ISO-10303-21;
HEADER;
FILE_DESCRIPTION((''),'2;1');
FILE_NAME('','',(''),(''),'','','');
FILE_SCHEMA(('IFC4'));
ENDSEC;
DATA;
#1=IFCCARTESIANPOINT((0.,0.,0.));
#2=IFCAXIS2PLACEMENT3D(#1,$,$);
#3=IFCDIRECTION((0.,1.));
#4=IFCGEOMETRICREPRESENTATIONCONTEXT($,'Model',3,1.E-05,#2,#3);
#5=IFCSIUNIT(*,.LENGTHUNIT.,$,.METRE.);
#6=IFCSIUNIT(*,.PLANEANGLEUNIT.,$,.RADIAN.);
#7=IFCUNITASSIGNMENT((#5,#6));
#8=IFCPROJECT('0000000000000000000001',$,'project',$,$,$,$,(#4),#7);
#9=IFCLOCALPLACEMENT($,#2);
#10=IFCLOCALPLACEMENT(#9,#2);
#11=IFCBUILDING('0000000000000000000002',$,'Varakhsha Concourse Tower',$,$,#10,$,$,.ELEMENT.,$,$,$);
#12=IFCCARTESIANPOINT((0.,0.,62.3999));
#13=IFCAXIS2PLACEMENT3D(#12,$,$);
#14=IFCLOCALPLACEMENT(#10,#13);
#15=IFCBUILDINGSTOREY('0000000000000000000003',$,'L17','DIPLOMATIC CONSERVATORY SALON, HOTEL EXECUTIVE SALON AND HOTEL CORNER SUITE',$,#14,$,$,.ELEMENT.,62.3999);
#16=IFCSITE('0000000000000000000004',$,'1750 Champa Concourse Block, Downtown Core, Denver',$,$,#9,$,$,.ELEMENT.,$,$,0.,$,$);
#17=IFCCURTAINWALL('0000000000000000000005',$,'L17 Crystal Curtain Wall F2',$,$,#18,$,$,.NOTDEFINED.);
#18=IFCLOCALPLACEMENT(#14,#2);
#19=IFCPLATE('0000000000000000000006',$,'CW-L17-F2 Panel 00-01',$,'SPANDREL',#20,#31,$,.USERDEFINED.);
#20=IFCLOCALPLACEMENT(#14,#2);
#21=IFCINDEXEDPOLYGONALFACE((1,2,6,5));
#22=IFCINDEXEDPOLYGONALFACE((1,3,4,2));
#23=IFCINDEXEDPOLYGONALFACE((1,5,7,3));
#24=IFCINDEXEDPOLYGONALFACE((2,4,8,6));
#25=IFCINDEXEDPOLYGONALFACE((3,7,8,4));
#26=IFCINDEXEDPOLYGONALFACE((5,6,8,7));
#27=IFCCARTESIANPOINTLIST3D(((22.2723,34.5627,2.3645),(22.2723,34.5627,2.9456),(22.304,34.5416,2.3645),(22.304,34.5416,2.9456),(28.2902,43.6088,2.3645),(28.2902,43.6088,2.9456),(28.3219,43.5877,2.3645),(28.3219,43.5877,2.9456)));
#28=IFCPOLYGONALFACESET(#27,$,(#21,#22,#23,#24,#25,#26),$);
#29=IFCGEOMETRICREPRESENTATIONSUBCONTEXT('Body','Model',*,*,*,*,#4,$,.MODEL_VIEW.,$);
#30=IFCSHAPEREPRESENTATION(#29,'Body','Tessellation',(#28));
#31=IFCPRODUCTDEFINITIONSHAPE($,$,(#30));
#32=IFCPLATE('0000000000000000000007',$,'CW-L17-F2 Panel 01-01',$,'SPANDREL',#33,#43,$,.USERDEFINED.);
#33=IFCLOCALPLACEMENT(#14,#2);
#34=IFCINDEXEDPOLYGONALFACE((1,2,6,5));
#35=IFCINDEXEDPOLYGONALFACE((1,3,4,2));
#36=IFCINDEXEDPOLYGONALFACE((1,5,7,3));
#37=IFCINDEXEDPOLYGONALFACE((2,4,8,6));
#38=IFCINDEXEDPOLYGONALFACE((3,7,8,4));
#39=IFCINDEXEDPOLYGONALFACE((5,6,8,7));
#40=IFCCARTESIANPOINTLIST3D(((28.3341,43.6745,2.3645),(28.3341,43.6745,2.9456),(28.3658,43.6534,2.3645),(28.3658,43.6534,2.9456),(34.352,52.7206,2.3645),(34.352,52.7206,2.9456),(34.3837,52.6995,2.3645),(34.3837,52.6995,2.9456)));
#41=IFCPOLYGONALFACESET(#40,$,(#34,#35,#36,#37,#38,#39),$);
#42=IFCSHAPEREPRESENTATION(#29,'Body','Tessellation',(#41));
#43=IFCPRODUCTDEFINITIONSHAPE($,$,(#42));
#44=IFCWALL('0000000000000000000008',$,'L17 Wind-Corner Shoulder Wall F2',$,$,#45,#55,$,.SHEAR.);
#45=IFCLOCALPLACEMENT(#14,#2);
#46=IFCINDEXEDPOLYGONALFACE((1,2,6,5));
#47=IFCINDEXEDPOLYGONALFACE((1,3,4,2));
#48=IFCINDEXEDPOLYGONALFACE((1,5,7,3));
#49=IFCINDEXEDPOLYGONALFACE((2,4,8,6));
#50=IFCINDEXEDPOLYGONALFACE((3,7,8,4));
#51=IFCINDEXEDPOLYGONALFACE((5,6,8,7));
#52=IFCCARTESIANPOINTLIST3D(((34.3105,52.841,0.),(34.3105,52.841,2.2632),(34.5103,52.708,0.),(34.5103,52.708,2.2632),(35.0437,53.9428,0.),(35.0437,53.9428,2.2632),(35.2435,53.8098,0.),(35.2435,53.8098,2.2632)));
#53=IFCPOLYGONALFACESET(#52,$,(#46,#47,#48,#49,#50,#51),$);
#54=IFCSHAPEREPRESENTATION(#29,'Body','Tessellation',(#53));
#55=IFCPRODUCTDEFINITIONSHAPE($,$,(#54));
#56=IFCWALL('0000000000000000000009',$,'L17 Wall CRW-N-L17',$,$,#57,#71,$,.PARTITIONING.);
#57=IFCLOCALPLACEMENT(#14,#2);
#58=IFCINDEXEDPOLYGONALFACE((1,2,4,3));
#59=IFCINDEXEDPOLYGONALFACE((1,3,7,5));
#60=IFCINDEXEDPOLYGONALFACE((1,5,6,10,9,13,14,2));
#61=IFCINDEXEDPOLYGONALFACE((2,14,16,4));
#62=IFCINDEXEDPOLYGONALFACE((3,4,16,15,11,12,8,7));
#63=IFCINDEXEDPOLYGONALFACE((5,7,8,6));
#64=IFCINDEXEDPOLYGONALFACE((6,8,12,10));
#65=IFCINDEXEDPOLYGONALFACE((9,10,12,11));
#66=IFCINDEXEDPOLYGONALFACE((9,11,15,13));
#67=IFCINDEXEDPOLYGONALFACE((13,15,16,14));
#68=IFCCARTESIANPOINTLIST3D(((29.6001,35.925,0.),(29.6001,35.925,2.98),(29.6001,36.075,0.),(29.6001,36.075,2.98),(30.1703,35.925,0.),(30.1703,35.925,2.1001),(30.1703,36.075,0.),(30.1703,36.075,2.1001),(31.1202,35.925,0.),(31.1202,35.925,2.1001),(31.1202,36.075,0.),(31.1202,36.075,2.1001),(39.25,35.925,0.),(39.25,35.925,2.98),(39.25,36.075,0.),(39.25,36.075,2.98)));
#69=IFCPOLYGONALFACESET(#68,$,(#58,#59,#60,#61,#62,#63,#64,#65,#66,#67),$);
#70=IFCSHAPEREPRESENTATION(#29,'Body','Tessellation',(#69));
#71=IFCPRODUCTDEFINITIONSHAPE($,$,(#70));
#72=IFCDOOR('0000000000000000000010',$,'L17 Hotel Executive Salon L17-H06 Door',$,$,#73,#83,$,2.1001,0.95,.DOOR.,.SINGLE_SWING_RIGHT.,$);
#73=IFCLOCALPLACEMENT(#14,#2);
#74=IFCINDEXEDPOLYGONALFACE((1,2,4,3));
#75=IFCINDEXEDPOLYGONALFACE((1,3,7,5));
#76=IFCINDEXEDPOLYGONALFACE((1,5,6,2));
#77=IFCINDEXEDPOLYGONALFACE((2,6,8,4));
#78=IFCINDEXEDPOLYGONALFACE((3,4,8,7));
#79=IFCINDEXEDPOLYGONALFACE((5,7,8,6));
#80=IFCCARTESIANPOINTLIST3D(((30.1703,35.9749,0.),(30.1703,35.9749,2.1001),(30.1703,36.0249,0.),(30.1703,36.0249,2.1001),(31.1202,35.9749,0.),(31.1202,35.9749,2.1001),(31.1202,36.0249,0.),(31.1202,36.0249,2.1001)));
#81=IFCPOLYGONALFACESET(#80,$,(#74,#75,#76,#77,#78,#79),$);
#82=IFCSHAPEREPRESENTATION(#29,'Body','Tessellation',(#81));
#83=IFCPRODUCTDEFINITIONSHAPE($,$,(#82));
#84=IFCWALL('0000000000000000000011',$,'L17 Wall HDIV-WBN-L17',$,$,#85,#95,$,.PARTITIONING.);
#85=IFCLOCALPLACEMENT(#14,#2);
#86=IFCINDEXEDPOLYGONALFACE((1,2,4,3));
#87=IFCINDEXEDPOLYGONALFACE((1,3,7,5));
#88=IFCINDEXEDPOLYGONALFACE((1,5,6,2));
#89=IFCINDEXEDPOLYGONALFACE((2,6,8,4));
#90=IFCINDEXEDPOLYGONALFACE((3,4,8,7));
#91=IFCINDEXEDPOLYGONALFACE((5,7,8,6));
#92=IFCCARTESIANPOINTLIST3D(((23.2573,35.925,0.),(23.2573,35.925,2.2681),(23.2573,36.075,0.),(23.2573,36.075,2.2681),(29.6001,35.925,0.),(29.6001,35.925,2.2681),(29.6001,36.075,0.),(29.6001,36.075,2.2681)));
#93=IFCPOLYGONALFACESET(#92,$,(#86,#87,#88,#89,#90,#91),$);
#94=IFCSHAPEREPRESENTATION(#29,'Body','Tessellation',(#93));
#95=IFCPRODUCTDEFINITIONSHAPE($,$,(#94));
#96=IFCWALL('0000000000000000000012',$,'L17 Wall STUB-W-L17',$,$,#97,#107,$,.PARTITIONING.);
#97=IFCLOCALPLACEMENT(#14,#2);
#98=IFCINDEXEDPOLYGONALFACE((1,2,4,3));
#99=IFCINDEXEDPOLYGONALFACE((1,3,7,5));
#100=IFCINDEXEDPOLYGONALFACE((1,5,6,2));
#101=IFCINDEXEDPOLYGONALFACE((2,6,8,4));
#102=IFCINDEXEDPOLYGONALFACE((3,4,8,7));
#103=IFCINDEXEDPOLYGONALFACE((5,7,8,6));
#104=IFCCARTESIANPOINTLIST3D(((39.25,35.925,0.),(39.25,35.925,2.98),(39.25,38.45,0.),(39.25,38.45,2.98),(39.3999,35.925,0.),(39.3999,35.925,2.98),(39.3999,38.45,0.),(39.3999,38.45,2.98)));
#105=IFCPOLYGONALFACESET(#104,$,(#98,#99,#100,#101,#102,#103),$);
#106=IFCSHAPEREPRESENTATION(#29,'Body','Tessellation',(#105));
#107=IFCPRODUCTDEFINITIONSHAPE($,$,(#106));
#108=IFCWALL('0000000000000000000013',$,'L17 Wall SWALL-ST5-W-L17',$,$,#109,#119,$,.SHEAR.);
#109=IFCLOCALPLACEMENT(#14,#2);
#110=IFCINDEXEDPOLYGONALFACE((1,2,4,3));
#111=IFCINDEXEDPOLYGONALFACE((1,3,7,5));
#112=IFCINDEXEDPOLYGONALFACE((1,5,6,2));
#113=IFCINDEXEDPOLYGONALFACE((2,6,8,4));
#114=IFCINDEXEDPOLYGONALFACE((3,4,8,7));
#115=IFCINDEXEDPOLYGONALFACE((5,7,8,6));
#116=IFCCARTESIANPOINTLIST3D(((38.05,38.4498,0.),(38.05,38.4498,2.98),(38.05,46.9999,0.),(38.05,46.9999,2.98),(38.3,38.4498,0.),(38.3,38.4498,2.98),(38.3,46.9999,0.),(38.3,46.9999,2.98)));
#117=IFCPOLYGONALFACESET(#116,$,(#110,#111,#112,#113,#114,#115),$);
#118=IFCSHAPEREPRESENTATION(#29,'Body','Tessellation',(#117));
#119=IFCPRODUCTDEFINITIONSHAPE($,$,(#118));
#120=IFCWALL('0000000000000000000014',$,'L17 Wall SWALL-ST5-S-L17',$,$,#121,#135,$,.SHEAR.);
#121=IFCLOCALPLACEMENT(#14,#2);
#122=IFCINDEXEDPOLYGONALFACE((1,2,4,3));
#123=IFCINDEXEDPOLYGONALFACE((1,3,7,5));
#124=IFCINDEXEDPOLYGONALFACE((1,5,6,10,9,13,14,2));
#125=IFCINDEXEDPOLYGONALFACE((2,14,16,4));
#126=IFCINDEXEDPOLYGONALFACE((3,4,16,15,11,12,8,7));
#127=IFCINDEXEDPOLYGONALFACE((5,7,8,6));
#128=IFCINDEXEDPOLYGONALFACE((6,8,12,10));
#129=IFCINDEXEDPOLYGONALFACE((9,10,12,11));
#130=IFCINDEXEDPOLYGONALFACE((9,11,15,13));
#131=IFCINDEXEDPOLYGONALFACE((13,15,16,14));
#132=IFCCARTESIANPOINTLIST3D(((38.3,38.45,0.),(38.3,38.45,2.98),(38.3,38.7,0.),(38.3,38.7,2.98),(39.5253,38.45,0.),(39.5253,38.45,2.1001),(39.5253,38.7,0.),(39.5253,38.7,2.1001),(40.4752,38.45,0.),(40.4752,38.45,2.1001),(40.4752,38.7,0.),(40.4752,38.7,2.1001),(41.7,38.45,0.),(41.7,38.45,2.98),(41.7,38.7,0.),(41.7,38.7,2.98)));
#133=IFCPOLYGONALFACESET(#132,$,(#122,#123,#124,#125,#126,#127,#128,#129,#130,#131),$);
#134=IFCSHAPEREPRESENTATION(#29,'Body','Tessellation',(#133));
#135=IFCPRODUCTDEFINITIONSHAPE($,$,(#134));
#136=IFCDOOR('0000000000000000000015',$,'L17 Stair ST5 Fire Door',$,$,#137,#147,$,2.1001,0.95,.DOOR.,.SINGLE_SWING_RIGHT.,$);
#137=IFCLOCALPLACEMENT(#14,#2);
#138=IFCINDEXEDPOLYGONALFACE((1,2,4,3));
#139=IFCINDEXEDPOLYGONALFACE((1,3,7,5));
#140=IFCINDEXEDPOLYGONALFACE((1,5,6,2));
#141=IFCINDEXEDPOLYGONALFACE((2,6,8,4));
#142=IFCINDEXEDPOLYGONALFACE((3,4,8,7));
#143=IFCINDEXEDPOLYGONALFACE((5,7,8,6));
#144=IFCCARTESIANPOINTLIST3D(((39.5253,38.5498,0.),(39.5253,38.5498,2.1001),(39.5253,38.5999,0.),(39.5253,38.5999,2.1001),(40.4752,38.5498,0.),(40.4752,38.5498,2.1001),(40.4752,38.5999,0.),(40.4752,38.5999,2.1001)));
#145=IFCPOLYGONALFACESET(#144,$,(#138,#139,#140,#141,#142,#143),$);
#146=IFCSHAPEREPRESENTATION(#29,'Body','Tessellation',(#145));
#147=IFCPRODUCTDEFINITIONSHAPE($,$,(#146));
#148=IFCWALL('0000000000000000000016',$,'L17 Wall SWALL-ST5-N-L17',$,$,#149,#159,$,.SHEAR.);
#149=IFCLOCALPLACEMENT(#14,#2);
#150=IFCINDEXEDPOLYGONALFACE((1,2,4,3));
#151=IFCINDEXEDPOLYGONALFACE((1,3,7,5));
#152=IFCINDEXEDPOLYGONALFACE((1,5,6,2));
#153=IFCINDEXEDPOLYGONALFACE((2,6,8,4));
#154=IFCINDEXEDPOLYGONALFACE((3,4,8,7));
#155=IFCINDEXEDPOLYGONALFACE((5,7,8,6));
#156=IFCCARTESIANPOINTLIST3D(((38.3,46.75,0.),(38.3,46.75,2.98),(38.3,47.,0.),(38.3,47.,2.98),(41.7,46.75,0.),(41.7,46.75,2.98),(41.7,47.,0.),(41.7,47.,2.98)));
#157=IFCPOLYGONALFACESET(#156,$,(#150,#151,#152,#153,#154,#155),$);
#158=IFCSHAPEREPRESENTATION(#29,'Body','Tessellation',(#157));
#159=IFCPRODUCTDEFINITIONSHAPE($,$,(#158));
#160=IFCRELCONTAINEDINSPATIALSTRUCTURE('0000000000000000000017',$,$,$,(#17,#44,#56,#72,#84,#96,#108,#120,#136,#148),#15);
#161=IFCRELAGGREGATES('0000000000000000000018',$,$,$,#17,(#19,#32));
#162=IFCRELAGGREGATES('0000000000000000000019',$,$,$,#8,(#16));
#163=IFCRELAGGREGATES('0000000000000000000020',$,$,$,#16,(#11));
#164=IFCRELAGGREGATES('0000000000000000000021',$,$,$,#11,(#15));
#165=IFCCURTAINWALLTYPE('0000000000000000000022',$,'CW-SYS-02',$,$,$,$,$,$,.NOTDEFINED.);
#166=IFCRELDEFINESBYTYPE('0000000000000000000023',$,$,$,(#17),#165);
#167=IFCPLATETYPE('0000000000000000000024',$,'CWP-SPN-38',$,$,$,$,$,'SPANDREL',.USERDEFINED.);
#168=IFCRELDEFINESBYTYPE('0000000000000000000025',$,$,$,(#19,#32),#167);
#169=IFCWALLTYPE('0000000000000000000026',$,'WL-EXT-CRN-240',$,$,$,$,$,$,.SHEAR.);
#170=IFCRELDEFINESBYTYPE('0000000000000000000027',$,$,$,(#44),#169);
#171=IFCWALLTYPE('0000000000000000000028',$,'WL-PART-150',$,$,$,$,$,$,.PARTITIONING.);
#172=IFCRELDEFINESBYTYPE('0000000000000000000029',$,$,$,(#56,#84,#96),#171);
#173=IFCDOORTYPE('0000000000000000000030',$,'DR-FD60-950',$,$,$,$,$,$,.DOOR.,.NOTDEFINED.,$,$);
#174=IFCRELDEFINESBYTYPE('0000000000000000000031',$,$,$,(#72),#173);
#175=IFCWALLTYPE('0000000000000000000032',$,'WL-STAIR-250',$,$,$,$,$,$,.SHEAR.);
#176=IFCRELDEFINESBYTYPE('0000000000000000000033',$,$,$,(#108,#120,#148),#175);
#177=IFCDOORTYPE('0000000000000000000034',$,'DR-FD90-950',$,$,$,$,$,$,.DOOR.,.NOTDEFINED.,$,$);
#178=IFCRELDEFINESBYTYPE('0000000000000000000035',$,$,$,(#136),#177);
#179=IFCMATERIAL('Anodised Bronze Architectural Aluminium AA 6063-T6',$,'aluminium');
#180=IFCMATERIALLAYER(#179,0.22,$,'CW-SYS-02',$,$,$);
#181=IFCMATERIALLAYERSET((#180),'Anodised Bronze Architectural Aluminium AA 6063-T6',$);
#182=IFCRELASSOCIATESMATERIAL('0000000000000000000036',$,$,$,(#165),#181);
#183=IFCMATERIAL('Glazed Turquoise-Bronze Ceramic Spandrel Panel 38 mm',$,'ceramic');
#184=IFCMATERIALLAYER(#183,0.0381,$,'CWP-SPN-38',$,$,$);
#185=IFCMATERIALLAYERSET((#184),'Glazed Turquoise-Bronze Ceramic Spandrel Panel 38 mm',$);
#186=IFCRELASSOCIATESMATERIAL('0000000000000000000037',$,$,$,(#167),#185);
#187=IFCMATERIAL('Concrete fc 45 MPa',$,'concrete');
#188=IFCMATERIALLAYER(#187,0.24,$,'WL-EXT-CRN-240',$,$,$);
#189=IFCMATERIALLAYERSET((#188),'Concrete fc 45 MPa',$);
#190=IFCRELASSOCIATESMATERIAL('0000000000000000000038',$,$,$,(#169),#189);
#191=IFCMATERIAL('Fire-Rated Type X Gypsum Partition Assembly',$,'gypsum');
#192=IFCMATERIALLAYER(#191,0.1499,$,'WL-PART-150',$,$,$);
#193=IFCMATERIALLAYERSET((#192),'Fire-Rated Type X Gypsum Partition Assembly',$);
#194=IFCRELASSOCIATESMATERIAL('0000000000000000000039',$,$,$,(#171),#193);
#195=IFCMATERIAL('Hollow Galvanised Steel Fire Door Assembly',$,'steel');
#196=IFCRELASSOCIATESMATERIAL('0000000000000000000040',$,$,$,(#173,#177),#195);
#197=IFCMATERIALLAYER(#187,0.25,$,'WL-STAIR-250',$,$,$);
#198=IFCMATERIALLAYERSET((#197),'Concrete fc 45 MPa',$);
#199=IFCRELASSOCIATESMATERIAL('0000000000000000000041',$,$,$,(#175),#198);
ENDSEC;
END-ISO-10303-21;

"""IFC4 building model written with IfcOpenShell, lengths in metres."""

from ifc_helpers import new_model, si_unit, direction, frame, frame_2d, origin, origin_2d, place, context, subcontext, project, spatial, rectangle, extrude, source, transform, mapped, material, layer, layer_set, type_object, type_shapes, element, fill, aggregate, save


model = new_model("IFC4")

# Units and contexts
model_context = context("Model", 3, precision=1e-05, world=origin(), true_north=direction((0.0, 1.0)))
body_context = subcontext(model_context, "Body", "Model", "MODEL_VIEW")
ifc_project = project(units=[si_unit("LENGTHUNIT", "METRE"), si_unit("PLANEANGLEUNIT", "RADIAN")], contexts=[model_context])

# Site, building, storey
site_placement = place(None, origin())
site = spatial("IfcSite", under=ifc_project, at=site_placement, Name="1750 Champa Concourse Block, Downtown Core, Denver", CompositionType="ELEMENT", RefElevation=0.0)
building_placement = place(site_placement, origin())
building = spatial("IfcBuilding", under=site, at=building_placement, Name="Varakhsha Concourse Tower", CompositionType="ELEMENT")
storey_placement = place(building_placement, frame((0.0, 0.0, 62.3999)))
storey = spatial("IfcBuildingStorey", under=building, at=storey_placement, Name="L17", Description="DIPLOMATIC CONSERVATORY SALON, HOTEL EXECUTIVE SALON AND HOTEL CORNER SUITE", CompositionType="ELEMENT", Elevation=62.3999)

# Shared definitions
ifc_material_1 = material(Name="Anodised Bronze Architectural Aluminium AA 6063-T6", Category="aluminium")
ifc_layer_1 = layer(ifc_material_1, 0.22, Name="CW-SYS-02")
ifc_layer_set_1 = layer_set([ifc_layer_1], Name="Anodised Bronze Architectural Aluminium AA 6063-T6")
curtain_wall_type = type_object("IfcCurtainWallType", Name="CW-SYS-02", PredefinedType="NOTDEFINED", material=ifc_layer_set_1)

# Curtain wall
curtain_wall_1_placement = place(storey_placement, origin())
curtain_wall_1 = element("IfcCurtainWall", 1, at=curtain_wall_1_placement, inside=storey, type_object=curtain_wall_type, Name="L17 Crystal Curtain Wall F2", PredefinedType="NOTDEFINED")

# Plates
ifc_material_2 = material(Name="Glazed Turquoise-Bronze Ceramic Spandrel Panel 38 mm", Category="ceramic")
ifc_layer_2 = layer(ifc_material_2, 0.0381, Name="CWP-SPN-38")
ifc_layer_set_2 = layer_set([ifc_layer_2], Name="Glazed Turquoise-Bronze Ceramic Spandrel Panel 38 mm")
plate_type_1 = type_object("IfcPlateType", Name="CWP-SPN-38", ElementType="SPANDREL", PredefinedType="USERDEFINED", material=ifc_layer_set_2)
shared_shape_1 = source(origin(), body_context, "Body", "SweptSolid", [
    extrude(rectangle(XDim=10.865, YDim=0.0381, at=origin_2d()), origin(), (0.0, 0.0, 1.0), 0.5811),
])
type_shapes(plate_type_1, [shared_shape_1])
plate_1_placement = place(storey_placement, frame((25.2971, 39.0752, 2.3645), z_axis=(0.0, 0.0, 1.0), x_axis=(0.55388, 0.832597, 0.0)))
plate_1 = element("IfcPlate", 2, at=plate_1_placement, type_object=plate_type_1, Name="CW-L17-F2 Panel 00-01", ObjectType="SPANDREL", PredefinedType="USERDEFINED", context=body_context, shape_type="MappedRepresentation", body=[
    mapped(shared_shape_1, transform((0.0, 0.0, 0.0), scale=1.0)),
])
plate_2_placement = place(storey_placement, frame((31.3589, 48.187, 2.3645), z_axis=(0.0, 0.0, 1.0), x_axis=(0.55388, 0.832597, 0.0)))
plate_2 = element("IfcPlate", 3, at=plate_2_placement, type_object=plate_type_1, Name="CW-L17-F2 Panel 01-01", ObjectType="SPANDREL", PredefinedType="USERDEFINED", context=body_context, shape_type="MappedRepresentation", body=[
    mapped(shared_shape_1, transform((0.0, 0.0, 0.0), scale=1.0)),
])
aggregate(curtain_wall_1, [plate_1, plate_2])

# Wall
ifc_material_3 = material(Name="Concrete fc 45 MPa", Category="concrete")
ifc_layer_3 = layer(ifc_material_3, 0.24, Name="WL-EXT-CRN-240")
ifc_layer_set_3 = layer_set([ifc_layer_3], Name="Concrete fc 45 MPa")
wall_type_1 = type_object("IfcWallType", Name="WL-EXT-CRN-240", PredefinedType="SHEAR", material=ifc_layer_set_3)
wall_1_placement = place(storey_placement, frame((35.1436, 53.8762, 0.0), z_axis=(0.0, 0.0, 1.0), x_axis=(-0.553976, -0.832532, 0.0)))
element("IfcWall", 4, at=wall_1_placement, inside=storey, type_object=wall_type_1, Name="L17 Wind-Corner Shoulder Wall F2", PredefinedType="SHEAR", context=body_context, shape_type="SweptSolid", body=[
    extrude(rectangle(XDim=1.3235, YDim=0.24, at=frame_2d((0.6616, 0.0))), origin(), (0.0, 0.0, 1.0), 2.2632),
])

# Wall, opening, door
ifc_material_4 = material(Name="Fire-Rated Type X Gypsum Partition Assembly", Category="gypsum")
ifc_layer_4 = layer(ifc_material_4, 0.1499, Name="WL-PART-150")
ifc_layer_set_4 = layer_set([ifc_layer_4], Name="Fire-Rated Type X Gypsum Partition Assembly")
wall_type_2 = type_object("IfcWallType", Name="WL-PART-150", PredefinedType="PARTITIONING", material=ifc_layer_set_4)
wall_2_placement = place(storey_placement, frame((29.6001, 36.0, 0.0), z_axis=(0.0, 0.0, 1.0), x_axis=(1.0, 0.0, 0.0)))
wall_2 = element("IfcWall", 5, at=wall_2_placement, inside=storey, type_object=wall_type_2, Name="L17 Wall CRW-N-L17", PredefinedType="PARTITIONING", context=body_context, shape_type="SweptSolid", body=[
    extrude(rectangle(XDim=9.6499, YDim=0.1499, at=frame_2d((4.825, 0.0))), origin(), (0.0, 0.0, 1.0), 2.98),
])
opening_1_placement = place(wall_2_placement, frame((0.5701, 0.0, 0.0)))
opening_1 = element("IfcOpeningElement", 6, at=opening_1_placement, cuts=wall_2, PredefinedType="OPENING", context=body_context, shape_type="SweptSolid", body=[
    extrude(rectangle(XDim=0.95, YDim=2.1001, at=frame_2d((0.4751, 1.05))), frame((0.0, 0.085, 0.0), z_axis=(0.0, -1.0, 0.0), x_axis=(1.0, 0.0, 0.0)), (0.0, 0.0, 1.0), 0.1699),
])
ifc_material_5 = material(Name="Hollow Galvanised Steel Fire Door Assembly", Category="steel")
door_type_1 = type_object("IfcDoorType", Name="DR-FD60-950", OperationType="NOTDEFINED", PredefinedType="DOOR", material=ifc_material_5)
door_1_placement = place(opening_1_placement, origin())
door_1 = element("IfcDoor", 7, at=door_1_placement, inside=storey, type_object=door_type_1, Name="L17 Hotel Executive Salon L17-H06 Door", OperationType="SINGLE_SWING_RIGHT", OverallHeight=2.1001, OverallWidth=0.95, PredefinedType="DOOR", context=body_context, shape_type="SweptSolid", body=[
    extrude(rectangle(XDim=0.95, YDim=2.1001, at=frame_2d((0.4751, 1.05))), frame((0.0, 0.0249, 0.0), z_axis=(0.0, -1.0, 0.0), x_axis=(1.0, 0.0, 0.0)), (0.0, 0.0, 1.0), 0.05),
])
fill(opening_1, door_1)

# Walls
wall_3_placement = place(storey_placement, frame((23.2573, 36.0, 0.0), z_axis=(0.0, 0.0, 1.0), x_axis=(1.0, 0.0, 0.0)))
element("IfcWall", 8, at=wall_3_placement, inside=storey, type_object=wall_type_2, Name="L17 Wall HDIV-WBN-L17", PredefinedType="PARTITIONING", context=body_context, shape_type="SweptSolid", body=[
    extrude(rectangle(XDim=6.3428, YDim=0.1499, at=frame_2d((3.1714, 0.0))), origin(), (0.0, 0.0, 1.0), 2.2681),
])
wall_4_placement = place(storey_placement, frame((39.325, 35.925, 0.0), z_axis=(0.0, 0.0, 1.0), x_axis=(0.0, 1.0, 0.0)))
element("IfcWall", 9, at=wall_4_placement, inside=storey, type_object=wall_type_2, Name="L17 Wall STUB-W-L17", PredefinedType="PARTITIONING", context=body_context, shape_type="SweptSolid", body=[
    extrude(rectangle(XDim=2.5249, YDim=0.1499, at=frame_2d((1.2625, 0.0))), origin(), (0.0, 0.0, 1.0), 2.98),
])
ifc_layer_5 = layer(ifc_material_3, 0.25, Name="WL-STAIR-250")
ifc_layer_set_5 = layer_set([ifc_layer_5], Name="Concrete fc 45 MPa")
wall_type_3 = type_object("IfcWallType", Name="WL-STAIR-250", PredefinedType="SHEAR", material=ifc_layer_set_5)
wall_5_placement = place(storey_placement, frame((38.175, 38.45, 0.0), z_axis=(0.0, 0.0, 1.0), x_axis=(0.0, 1.0, 0.0)))
element("IfcWall", 10, at=wall_5_placement, inside=storey, type_object=wall_type_3, Name="L17 Wall SWALL-ST5-W-L17", PredefinedType="SHEAR", context=body_context, shape_type="SweptSolid", body=[
    extrude(rectangle(XDim=8.55, YDim=0.25, at=frame_2d((4.2749, 0.0))), origin(), (0.0, 0.0, 1.0), 2.98),
])

# Wall, opening, door
wall_6_placement = place(storey_placement, frame((38.3, 38.575, 0.0), z_axis=(0.0, 0.0, 1.0), x_axis=(1.0, 0.0, 0.0)))
wall_6 = element("IfcWall", 11, at=wall_6_placement, inside=storey, type_object=wall_type_3, Name="L17 Wall SWALL-ST5-S-L17", PredefinedType="SHEAR", context=body_context, shape_type="SweptSolid", body=[
    extrude(rectangle(XDim=3.3999, YDim=0.25, at=frame_2d((1.7, 0.0))), origin(), (0.0, 0.0, 1.0), 2.98),
])
opening_2_placement = place(wall_6_placement, frame((1.2251, 0.0, 0.0)))
opening_2 = element("IfcOpeningElement", 12, at=opening_2_placement, cuts=wall_6, PredefinedType="OPENING", context=body_context, shape_type="SweptSolid", body=[
    extrude(rectangle(XDim=0.95, YDim=2.1001, at=frame_2d((0.4751, 1.05))), frame((0.0, 0.135, 0.0), z_axis=(0.0, -1.0, 0.0), x_axis=(1.0, 0.0, 0.0)), (0.0, 0.0, 1.0), 0.27),
])
door_type_2 = type_object("IfcDoorType", Name="DR-FD90-950", OperationType="NOTDEFINED", PredefinedType="DOOR", material=ifc_material_5)
door_2_placement = place(opening_2_placement, origin())
door_2 = element("IfcDoor", 13, at=door_2_placement, inside=storey, type_object=door_type_2, Name="L17 Stair ST5 Fire Door", OperationType="SINGLE_SWING_RIGHT", OverallHeight=2.1001, OverallWidth=0.95, PredefinedType="DOOR", context=body_context, shape_type="SweptSolid", body=[
    extrude(rectangle(XDim=0.95, YDim=2.1001, at=frame_2d((0.4751, 1.05))), frame((0.0, 0.0249, 0.0), z_axis=(0.0, -1.0, 0.0), x_axis=(1.0, 0.0, 0.0)), (0.0, 0.0, 1.0), 0.05),
])
fill(opening_2, door_2)

# Wall
wall_7_placement = place(storey_placement, frame((38.3, 46.875, 0.0), z_axis=(0.0, 0.0, 1.0), x_axis=(1.0, 0.0, 0.0)))
element("IfcWall", 14, at=wall_7_placement, inside=storey, type_object=wall_type_3, Name="L17 Wall SWALL-ST5-N-L17", PredefinedType="SHEAR", context=body_context, shape_type="SweptSolid", body=[
    extrude(rectangle(XDim=3.3999, YDim=0.25, at=frame_2d((1.7, 0.0))), origin(), (0.0, 0.0, 1.0), 2.98),
])

save(model, "model.ifc")
